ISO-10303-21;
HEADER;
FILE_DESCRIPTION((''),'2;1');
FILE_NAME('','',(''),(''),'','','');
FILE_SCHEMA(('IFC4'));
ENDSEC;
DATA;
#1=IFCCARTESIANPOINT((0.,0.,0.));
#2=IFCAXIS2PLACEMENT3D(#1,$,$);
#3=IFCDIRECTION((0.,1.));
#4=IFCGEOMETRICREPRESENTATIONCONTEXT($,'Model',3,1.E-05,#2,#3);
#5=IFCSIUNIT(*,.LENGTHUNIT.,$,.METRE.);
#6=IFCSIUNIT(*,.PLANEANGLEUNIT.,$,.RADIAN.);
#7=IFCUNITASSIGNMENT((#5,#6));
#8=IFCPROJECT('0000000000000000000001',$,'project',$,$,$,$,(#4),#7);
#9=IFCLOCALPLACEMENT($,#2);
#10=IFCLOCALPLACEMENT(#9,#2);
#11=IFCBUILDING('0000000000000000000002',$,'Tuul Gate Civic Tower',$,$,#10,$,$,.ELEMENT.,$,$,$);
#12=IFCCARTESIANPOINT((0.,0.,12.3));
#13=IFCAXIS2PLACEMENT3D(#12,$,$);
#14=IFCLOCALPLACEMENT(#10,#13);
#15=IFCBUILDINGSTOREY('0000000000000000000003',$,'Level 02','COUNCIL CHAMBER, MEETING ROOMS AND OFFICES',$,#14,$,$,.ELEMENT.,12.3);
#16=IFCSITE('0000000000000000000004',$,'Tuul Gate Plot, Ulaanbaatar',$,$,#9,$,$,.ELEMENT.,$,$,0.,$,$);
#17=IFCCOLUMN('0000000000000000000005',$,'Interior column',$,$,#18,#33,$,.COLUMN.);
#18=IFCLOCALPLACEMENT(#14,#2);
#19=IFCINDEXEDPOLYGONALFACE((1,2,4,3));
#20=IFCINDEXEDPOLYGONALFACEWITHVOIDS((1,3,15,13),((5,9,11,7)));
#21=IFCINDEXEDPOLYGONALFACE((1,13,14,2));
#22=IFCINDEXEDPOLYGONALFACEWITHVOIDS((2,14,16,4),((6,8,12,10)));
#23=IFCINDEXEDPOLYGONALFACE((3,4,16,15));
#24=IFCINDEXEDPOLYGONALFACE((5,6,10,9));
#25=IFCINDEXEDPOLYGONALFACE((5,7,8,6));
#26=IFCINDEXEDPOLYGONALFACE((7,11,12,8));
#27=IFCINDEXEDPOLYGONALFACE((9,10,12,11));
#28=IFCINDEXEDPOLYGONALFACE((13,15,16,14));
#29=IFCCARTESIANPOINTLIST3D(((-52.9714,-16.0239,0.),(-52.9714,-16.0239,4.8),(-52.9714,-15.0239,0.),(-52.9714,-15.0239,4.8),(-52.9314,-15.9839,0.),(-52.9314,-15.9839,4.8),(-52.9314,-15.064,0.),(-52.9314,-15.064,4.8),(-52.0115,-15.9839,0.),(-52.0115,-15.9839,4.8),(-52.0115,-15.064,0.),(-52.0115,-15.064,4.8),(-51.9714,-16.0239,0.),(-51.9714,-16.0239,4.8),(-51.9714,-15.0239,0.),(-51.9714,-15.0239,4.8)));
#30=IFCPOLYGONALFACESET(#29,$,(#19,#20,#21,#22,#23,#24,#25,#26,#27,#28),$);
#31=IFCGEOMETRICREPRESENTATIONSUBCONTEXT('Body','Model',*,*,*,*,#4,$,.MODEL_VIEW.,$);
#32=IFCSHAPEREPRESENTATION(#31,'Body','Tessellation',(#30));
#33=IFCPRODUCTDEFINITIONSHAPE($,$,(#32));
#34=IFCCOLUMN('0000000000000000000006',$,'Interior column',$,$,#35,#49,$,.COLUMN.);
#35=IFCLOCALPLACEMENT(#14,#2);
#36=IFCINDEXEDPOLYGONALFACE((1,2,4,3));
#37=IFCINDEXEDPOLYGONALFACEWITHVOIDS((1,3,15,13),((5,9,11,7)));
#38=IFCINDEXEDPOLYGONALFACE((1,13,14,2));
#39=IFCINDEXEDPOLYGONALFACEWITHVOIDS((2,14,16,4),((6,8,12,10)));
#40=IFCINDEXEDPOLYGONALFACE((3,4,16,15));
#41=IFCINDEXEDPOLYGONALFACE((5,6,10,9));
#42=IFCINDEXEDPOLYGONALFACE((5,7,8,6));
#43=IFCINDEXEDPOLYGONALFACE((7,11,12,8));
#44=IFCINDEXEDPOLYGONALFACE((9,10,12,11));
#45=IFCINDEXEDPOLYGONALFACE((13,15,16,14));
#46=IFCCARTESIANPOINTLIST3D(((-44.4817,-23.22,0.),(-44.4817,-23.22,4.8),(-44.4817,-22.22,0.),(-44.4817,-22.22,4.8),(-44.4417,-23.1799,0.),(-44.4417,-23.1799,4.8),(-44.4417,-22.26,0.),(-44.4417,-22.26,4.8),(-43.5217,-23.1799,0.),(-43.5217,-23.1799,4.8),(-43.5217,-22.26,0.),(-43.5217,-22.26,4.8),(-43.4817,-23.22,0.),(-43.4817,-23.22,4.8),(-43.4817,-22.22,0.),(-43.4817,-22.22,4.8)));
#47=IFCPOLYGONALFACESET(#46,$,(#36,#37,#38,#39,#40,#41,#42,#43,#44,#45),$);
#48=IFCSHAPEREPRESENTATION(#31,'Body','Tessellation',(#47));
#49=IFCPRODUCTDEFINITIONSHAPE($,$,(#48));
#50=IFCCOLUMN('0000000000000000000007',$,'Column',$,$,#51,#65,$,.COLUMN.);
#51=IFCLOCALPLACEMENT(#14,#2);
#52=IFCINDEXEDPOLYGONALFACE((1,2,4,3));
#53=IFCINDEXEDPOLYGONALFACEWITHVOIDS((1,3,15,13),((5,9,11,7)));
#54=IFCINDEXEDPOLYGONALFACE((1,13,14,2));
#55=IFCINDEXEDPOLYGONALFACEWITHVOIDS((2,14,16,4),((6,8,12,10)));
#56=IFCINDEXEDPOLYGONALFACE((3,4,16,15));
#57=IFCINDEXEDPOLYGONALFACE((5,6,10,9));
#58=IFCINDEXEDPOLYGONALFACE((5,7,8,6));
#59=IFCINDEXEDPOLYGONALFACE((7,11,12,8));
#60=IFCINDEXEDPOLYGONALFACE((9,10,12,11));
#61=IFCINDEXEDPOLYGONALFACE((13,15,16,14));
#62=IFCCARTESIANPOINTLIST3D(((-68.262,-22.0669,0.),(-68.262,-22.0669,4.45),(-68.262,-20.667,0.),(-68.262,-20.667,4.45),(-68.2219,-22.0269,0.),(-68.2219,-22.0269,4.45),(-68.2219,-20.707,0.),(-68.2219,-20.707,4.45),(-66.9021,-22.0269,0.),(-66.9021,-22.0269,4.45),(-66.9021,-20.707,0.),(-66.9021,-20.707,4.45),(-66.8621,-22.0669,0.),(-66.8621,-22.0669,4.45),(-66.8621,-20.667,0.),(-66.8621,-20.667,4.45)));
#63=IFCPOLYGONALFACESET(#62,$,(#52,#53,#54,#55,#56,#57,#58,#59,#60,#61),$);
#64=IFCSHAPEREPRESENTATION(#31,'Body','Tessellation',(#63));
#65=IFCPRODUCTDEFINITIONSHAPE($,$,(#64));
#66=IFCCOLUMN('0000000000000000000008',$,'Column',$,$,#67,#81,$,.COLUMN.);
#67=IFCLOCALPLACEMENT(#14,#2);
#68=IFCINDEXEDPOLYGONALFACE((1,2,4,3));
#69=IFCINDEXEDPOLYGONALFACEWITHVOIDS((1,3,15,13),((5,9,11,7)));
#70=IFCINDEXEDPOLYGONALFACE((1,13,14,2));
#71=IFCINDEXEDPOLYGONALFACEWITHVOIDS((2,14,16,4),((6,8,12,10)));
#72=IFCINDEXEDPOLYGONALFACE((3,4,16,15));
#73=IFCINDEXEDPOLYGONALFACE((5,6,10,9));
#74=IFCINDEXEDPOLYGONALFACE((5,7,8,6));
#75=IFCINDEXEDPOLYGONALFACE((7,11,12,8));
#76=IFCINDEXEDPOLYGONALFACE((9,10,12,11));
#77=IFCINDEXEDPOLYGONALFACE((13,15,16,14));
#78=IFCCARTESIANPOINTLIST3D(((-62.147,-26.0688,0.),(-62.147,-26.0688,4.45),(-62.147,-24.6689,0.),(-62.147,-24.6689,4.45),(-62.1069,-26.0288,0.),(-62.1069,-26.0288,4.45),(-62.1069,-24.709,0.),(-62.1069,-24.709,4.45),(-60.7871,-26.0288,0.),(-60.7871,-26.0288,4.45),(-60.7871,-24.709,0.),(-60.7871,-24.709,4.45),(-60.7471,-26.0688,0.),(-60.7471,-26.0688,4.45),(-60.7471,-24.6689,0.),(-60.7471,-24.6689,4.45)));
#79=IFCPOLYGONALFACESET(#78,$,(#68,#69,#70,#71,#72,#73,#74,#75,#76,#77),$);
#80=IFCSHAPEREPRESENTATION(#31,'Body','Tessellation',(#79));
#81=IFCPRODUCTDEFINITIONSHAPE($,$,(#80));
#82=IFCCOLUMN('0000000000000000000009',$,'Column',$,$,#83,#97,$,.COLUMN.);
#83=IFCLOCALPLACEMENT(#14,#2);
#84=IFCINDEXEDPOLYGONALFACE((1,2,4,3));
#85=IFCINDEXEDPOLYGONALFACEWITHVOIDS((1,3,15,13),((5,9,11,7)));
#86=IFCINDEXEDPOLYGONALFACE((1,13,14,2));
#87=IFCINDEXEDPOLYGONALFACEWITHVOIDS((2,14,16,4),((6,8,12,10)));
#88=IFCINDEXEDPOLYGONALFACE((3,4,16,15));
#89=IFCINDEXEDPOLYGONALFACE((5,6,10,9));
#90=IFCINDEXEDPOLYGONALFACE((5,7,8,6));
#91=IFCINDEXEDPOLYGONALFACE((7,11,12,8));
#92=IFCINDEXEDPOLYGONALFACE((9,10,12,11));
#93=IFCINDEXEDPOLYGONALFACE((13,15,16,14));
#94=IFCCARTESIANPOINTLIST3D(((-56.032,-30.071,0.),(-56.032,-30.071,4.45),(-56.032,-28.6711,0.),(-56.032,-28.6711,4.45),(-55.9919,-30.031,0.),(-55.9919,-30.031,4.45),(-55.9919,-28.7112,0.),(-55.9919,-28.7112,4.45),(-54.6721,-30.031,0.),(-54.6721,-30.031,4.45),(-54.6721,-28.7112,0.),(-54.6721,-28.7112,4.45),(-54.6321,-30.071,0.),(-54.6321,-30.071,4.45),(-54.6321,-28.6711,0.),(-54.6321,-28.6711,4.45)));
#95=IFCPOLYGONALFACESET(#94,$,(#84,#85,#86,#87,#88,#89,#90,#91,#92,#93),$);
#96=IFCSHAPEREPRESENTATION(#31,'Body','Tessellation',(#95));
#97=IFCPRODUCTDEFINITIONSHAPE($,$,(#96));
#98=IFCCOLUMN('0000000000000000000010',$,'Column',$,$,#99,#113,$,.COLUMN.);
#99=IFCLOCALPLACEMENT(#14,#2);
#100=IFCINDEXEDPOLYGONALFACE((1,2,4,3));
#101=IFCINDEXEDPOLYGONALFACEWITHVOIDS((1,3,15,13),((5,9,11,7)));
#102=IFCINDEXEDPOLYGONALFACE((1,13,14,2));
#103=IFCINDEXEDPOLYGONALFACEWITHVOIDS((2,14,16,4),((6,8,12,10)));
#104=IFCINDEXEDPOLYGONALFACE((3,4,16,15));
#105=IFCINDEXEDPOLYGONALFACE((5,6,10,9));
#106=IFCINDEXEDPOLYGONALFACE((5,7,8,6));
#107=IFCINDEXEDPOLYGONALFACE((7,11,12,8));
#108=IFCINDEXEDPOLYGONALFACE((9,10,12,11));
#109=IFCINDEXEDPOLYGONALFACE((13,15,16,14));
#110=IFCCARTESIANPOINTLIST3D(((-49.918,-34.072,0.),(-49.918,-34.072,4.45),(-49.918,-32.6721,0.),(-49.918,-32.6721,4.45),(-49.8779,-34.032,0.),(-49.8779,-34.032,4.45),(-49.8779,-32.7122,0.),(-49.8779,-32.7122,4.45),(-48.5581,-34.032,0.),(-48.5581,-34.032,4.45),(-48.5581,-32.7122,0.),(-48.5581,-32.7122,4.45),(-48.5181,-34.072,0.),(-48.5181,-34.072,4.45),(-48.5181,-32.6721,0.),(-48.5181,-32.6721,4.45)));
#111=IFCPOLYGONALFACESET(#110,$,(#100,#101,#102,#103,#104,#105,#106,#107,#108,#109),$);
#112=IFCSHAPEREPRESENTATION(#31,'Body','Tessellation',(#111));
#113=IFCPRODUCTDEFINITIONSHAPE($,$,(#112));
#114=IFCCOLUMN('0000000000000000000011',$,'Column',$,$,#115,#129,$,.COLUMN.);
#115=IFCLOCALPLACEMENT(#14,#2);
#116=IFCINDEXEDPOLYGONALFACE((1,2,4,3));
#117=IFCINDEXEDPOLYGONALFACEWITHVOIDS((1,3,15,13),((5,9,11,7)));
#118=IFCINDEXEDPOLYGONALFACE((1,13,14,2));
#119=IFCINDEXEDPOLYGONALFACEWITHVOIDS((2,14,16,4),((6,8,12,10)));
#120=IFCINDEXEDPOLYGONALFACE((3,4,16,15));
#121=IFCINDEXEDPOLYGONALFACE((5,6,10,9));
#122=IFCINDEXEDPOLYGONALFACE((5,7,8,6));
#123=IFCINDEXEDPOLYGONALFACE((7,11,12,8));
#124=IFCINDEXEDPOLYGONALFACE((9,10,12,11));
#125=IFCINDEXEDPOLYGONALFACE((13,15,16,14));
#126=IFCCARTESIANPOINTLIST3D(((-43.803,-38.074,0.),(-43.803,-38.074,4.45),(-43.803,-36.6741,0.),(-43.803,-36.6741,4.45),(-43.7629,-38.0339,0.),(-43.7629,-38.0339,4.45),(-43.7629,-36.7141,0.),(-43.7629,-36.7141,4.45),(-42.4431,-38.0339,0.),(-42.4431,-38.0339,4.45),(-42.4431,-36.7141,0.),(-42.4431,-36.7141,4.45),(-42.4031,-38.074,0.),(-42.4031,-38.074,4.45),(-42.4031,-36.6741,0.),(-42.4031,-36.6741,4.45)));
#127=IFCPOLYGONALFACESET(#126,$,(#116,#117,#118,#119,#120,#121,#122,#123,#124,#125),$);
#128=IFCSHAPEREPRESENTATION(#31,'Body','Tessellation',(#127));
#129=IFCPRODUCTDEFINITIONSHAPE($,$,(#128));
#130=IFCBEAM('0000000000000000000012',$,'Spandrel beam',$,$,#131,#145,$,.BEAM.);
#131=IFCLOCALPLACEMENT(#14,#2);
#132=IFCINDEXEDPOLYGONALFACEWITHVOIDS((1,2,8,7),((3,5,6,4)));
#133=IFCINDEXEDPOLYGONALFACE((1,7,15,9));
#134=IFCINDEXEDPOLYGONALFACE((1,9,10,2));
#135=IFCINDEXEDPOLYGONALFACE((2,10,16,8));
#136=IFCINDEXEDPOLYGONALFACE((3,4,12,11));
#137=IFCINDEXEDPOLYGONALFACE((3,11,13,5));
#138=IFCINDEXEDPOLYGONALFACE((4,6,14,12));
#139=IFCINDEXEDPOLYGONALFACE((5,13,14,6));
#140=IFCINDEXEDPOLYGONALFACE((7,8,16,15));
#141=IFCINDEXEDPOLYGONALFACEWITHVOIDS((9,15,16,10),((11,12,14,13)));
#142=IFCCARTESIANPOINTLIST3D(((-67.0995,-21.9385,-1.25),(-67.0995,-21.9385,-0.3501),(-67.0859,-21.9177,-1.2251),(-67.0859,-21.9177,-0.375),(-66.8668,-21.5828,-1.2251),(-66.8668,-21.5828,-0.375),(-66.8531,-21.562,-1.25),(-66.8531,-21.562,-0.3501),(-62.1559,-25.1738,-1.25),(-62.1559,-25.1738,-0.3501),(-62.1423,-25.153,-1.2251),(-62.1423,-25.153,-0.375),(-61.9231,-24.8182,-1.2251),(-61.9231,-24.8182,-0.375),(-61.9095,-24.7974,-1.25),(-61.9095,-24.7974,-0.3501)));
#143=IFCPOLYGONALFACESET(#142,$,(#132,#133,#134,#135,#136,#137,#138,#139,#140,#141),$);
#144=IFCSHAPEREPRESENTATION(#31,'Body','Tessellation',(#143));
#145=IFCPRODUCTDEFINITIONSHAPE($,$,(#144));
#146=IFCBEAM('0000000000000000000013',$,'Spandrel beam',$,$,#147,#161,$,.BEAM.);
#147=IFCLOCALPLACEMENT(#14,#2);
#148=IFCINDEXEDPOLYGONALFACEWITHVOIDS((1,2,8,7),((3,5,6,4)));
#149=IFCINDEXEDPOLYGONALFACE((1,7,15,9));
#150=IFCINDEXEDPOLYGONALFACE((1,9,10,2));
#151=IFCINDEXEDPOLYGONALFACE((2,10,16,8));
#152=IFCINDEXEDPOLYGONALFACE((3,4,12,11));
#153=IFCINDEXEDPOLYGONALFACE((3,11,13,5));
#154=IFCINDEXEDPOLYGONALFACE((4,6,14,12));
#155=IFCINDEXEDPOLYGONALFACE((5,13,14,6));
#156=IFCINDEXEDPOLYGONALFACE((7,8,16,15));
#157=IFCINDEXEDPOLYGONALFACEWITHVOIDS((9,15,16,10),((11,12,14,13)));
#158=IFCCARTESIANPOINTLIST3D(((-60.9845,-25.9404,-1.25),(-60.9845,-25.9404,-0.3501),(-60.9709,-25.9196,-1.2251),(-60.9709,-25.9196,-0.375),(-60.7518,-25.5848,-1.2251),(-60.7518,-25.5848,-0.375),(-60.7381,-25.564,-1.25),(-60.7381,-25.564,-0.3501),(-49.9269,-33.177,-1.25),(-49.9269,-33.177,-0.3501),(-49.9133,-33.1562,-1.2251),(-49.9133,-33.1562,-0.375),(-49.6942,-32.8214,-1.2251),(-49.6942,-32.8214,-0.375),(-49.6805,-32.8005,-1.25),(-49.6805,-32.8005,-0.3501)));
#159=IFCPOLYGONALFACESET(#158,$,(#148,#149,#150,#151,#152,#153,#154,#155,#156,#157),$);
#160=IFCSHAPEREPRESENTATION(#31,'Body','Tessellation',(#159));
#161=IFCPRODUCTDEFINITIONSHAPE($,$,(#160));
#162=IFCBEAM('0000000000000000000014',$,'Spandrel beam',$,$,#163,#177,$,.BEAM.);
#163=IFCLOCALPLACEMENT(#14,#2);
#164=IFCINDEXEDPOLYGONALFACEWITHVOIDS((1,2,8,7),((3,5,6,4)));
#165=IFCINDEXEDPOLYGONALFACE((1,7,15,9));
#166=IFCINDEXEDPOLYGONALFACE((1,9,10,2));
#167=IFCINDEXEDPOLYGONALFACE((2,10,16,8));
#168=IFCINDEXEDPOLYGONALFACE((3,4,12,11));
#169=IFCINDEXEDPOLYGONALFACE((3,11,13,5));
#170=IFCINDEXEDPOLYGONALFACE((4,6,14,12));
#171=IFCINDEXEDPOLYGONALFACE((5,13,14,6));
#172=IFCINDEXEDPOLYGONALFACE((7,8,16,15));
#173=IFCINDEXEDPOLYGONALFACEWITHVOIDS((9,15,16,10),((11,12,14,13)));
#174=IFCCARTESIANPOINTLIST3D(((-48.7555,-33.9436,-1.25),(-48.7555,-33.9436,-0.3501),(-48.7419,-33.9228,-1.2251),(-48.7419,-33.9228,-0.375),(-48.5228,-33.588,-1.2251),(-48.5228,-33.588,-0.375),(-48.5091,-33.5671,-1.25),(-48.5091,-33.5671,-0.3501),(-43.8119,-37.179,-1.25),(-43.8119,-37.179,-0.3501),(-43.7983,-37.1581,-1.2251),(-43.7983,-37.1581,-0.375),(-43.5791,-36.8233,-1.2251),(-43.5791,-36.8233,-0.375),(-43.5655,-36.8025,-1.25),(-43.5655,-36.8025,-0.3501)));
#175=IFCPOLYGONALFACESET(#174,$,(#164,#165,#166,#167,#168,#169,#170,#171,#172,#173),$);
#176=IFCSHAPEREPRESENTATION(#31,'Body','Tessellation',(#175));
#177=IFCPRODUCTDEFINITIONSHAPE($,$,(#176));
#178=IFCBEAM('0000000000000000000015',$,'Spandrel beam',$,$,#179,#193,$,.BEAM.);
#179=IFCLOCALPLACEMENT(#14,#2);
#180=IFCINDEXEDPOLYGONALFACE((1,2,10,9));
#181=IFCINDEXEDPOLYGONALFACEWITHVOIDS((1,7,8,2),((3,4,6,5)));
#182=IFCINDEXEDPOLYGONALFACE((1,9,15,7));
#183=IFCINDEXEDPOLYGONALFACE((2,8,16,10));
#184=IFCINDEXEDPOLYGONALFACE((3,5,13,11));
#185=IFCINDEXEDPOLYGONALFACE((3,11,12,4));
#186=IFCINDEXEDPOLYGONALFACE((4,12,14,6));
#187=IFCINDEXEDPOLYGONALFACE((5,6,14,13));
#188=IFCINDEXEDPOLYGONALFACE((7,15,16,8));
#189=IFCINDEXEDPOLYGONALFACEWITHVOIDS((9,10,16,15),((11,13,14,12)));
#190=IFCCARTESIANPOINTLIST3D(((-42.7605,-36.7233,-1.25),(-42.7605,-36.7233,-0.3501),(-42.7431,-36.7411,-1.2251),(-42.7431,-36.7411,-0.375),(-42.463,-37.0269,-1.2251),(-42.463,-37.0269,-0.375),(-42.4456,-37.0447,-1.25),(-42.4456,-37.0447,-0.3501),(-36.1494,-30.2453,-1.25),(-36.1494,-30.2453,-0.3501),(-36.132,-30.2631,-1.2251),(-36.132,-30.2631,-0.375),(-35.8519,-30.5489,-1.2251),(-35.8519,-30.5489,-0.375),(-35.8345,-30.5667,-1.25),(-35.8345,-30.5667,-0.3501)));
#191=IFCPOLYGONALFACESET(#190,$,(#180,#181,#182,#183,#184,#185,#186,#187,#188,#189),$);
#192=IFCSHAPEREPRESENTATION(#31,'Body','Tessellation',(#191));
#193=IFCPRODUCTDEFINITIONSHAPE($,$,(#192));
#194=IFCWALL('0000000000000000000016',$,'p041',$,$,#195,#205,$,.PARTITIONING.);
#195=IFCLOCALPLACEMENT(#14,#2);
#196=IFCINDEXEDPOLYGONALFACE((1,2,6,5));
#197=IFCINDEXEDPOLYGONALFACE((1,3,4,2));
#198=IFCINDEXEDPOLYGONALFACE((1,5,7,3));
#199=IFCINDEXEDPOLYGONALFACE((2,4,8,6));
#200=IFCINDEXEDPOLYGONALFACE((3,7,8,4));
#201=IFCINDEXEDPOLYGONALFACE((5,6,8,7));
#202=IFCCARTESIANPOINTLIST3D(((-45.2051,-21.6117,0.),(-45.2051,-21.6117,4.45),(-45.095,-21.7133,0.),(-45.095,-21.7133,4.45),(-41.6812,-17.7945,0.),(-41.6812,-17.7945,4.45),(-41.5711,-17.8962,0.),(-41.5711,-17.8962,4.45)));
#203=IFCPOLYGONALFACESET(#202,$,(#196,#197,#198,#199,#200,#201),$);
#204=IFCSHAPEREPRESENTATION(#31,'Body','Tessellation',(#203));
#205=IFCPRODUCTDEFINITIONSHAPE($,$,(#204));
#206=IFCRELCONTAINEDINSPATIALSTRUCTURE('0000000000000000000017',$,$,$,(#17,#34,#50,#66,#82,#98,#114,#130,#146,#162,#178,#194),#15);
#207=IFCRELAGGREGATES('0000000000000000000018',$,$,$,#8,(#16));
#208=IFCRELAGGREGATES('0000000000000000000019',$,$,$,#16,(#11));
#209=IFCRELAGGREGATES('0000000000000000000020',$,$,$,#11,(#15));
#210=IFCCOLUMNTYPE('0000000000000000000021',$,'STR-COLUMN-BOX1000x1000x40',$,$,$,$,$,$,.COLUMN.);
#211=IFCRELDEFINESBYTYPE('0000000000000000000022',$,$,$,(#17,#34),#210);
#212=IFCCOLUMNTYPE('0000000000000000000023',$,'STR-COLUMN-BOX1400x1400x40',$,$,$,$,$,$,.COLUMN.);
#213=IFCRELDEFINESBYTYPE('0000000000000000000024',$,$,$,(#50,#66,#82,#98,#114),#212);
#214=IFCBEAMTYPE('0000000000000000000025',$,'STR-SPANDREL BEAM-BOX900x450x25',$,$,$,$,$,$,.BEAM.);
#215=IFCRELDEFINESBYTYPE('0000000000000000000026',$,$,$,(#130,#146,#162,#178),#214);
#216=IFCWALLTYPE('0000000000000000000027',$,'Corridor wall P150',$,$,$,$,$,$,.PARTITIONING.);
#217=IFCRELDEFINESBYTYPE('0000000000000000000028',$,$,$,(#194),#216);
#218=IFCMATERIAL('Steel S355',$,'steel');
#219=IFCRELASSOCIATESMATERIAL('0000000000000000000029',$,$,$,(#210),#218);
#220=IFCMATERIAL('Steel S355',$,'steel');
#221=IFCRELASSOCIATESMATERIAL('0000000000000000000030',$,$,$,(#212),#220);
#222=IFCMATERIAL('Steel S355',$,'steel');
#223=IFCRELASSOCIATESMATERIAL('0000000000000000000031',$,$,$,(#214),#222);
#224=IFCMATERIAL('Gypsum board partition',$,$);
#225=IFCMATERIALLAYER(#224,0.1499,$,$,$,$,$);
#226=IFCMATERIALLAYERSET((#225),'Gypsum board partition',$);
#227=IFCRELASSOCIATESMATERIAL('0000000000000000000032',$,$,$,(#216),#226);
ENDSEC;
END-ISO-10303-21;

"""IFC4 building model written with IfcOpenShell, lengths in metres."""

from ifc_helpers import new_model, si_unit, direction, frame, frame_2d, origin, origin_2d, place, context, subcontext, project, spatial, rectangle, hollow_rectangle, extrude, material, layer, layer_set, material_profile, profile_set, type_object, element, save


model = new_model("IFC4")

# Units and contexts
model_context = context("Model", 3, precision=1e-05, world=origin(), true_north=direction((0.0, 1.0)))
body_context = subcontext(model_context, "Body", "Model", "MODEL_VIEW")
ifc_project = project(units=[si_unit("LENGTHUNIT", "METRE"), si_unit("PLANEANGLEUNIT", "RADIAN")], contexts=[model_context])

# Site, building, storey
site_placement = place(None, origin())
site = spatial("IfcSite", under=ifc_project, at=site_placement, Name="Tuul Gate Plot, Ulaanbaatar", CompositionType="ELEMENT", RefElevation=0.0)
building_placement = place(site_placement, origin())
building = spatial("IfcBuilding", under=site, at=building_placement, Name="Tuul Gate Civic Tower", CompositionType="ELEMENT")
storey_placement = place(building_placement, frame((0.0, 0.0, 12.3)))
storey = spatial("IfcBuildingStorey", under=building, at=storey_placement, Name="Level 02", Description="COUNCIL CHAMBER, MEETING ROOMS AND OFFICES", CompositionType="ELEMENT", Elevation=12.3)

# Columns
ifc_material_1 = material(Name="Steel S355", Category="steel")
ifc_material_profile_1 = material_profile(ifc_material_1, hollow_rectangle(XDim=1.0, YDim=1.0, WallThickness=0.04, at=origin_2d()), Name="BOX1000x1000x40")
ifc_profile_set_1 = profile_set([ifc_material_profile_1], Name="Steel S355")
column_type_1 = type_object("IfcColumnType", Name="STR-COLUMN-BOX1000x1000x40", PredefinedType="COLUMN", material=ifc_profile_set_1)
for number, where, z_axis, x_axis, name in (
    (1, (-52.4714, -15.5239, 0.0), (0.0, 0.0, 1.0), (1.0, 0.0, 0.0), "Interior column"),
    (2, (-43.9817, -22.72, 0.0), (0.0, 0.0, 1.0), (1.0, 0.0, 0.0), "Interior column"),
):
    element("IfcColumn", number, at=place(storey_placement, frame(where, z_axis=z_axis, x_axis=x_axis)), inside=storey, type_object=column_type_1, Name=name, PredefinedType="COLUMN", context=body_context, shape_type="SweptSolid", body=[
        extrude(hollow_rectangle(XDim=1.0, YDim=1.0, WallThickness=0.04, at=origin_2d()), origin(), (0.0, 0.0, 1.0), 4.8),
    ])
ifc_material_2 = material(Name="Steel S355", Category="steel")
ifc_material_profile_2 = material_profile(ifc_material_2, hollow_rectangle(XDim=1.3999, YDim=1.3999, WallThickness=0.04, at=origin_2d()), Name="BOX1400x1400x40")
ifc_profile_set_2 = profile_set([ifc_material_profile_2], Name="Steel S355")
column_type_2 = type_object("IfcColumnType", Name="STR-COLUMN-BOX1400x1400x40", PredefinedType="COLUMN", material=ifc_profile_set_2)
for number, where, z_axis, x_axis, name in (
    (3, (-67.562, -21.3669, 0.0), (0.0, 0.0, 1.0), (1.0, 0.0, 0.0), "Column"),
    (4, (-61.447, -25.3689, 0.0), (0.0, 0.0, 1.0), (1.0, 0.0, 0.0), "Column"),
    (5, (-55.332, -29.3711, 0.0), (0.0, 0.0, 1.0), (1.0, 0.0, 0.0), "Column"),
    (6, (-49.218, -33.3721, 0.0), (0.0, 0.0, 1.0), (1.0, 0.0, 0.0), "Column"),
    (7, (-43.103, -37.374, 0.0), (0.0, 0.0, 1.0), (1.0, 0.0, 0.0), "Column"),
):
    element("IfcColumn", number, at=place(storey_placement, frame(where, z_axis=z_axis, x_axis=x_axis)), inside=storey, type_object=column_type_2, Name=name, PredefinedType="COLUMN", context=body_context, shape_type="SweptSolid", body=[
        extrude(hollow_rectangle(XDim=1.3999, YDim=1.3999, WallThickness=0.04, at=origin_2d()), origin(), (0.0, 0.0, 1.0), 4.45),
    ])

# Beams
ifc_material_3 = material(Name="Steel S355", Category="steel")
ifc_material_profile_3 = material_profile(ifc_material_3, hollow_rectangle(XDim=0.45, YDim=0.8999, WallThickness=0.0249, at=origin_2d()), Name="BOX900x450x25")
ifc_profile_set_3 = profile_set([ifc_material_profile_3], Name="Steel S355")
beam_type = type_object("IfcBeamType", Name="STR-SPANDREL BEAM-BOX900x450x25", PredefinedType="BEAM", material=ifc_profile_set_3)
beam_1_placement = place(storey_placement, frame((-66.9763, -21.7502, -0.8), z_axis=(0.836737, -0.547604, 0.0), x_axis=(0.547604, 0.836737, 0.0)))
element("IfcBeam", 8, at=beam_1_placement, inside=storey, type_object=beam_type, Name="Spandrel beam", PredefinedType="BEAM", context=body_context, shape_type="SweptSolid", body=[
    extrude(hollow_rectangle(XDim=0.45, YDim=0.8999, WallThickness=0.0249, at=origin_2d()), origin(), (0.0, 0.0, 1.0), 5.9082),
])
beam_2_placement = place(storey_placement, frame((-60.8613, -25.7522, -0.8), z_axis=(0.836741, -0.547599, 0.0), x_axis=(0.547599, 0.836741, 0.0)))
element("IfcBeam", 9, at=beam_2_placement, inside=storey, type_object=beam_type, Name="Spandrel beam", PredefinedType="BEAM", context=body_context, shape_type="SweptSolid", body=[
    extrude(hollow_rectangle(XDim=0.45, YDim=0.8999, WallThickness=0.0249, at=origin_2d()), origin(), (0.0, 0.0, 1.0), 13.2151),
])
beam_3_placement = place(storey_placement, frame((-48.6323, -33.7554, -0.8), z_axis=(0.836737, -0.547604, 0.0), x_axis=(0.547604, 0.836737, 0.0)))
element("IfcBeam", 10, at=beam_3_placement, inside=storey, type_object=beam_type, Name="Spandrel beam", PredefinedType="BEAM", context=body_context, shape_type="SweptSolid", body=[
    extrude(hollow_rectangle(XDim=0.45, YDim=0.8999, WallThickness=0.0249, at=origin_2d()), origin(), (0.0, 0.0, 1.0), 5.9082),
])
beam_4_placement = place(storey_placement, frame((-42.603, -36.884, -0.8), z_axis=(0.714258, 0.699883, 0.0), x_axis=(-0.699883, 0.714258, 0.0)))
element("IfcBeam", 11, at=beam_4_placement, inside=storey, type_object=beam_type, Name="Spandrel beam", PredefinedType="BEAM", context=body_context, shape_type="SweptSolid", body=[
    extrude(hollow_rectangle(XDim=0.45, YDim=0.8999, WallThickness=0.0249, at=origin_2d()), origin(), (0.0, 0.0, 1.0), 9.2559),
])

# Wall
ifc_material_4 = material(Name="Gypsum board partition")
ifc_layer_1 = layer(ifc_material_4, 0.1499)
ifc_layer_set_1 = layer_set([ifc_layer_1], Name="Gypsum board partition")
wall_type_1 = type_object("IfcWallType", Name="Corridor wall P150", PredefinedType="PARTITIONING", material=ifc_layer_set_1)
wall_1_placement = place(storey_placement, frame((-45.1501, -21.6626, 0.0), z_axis=(0.0, 0.0, 1.0), x_axis=(0.678323, 0.734764, 0.0)))
element("IfcWall", 12, at=wall_1_placement, inside=storey, type_object=wall_type_1, Name="p041", PredefinedType="PARTITIONING", context=body_context, shape_type="SweptSolid", body=[
    extrude(rectangle(XDim=5.1951, YDim=0.1499, at=frame_2d((2.5977, 0.0))), origin(), (0.0, 0.0, 1.0), 4.45),
])

save(model, "model.ifc")
